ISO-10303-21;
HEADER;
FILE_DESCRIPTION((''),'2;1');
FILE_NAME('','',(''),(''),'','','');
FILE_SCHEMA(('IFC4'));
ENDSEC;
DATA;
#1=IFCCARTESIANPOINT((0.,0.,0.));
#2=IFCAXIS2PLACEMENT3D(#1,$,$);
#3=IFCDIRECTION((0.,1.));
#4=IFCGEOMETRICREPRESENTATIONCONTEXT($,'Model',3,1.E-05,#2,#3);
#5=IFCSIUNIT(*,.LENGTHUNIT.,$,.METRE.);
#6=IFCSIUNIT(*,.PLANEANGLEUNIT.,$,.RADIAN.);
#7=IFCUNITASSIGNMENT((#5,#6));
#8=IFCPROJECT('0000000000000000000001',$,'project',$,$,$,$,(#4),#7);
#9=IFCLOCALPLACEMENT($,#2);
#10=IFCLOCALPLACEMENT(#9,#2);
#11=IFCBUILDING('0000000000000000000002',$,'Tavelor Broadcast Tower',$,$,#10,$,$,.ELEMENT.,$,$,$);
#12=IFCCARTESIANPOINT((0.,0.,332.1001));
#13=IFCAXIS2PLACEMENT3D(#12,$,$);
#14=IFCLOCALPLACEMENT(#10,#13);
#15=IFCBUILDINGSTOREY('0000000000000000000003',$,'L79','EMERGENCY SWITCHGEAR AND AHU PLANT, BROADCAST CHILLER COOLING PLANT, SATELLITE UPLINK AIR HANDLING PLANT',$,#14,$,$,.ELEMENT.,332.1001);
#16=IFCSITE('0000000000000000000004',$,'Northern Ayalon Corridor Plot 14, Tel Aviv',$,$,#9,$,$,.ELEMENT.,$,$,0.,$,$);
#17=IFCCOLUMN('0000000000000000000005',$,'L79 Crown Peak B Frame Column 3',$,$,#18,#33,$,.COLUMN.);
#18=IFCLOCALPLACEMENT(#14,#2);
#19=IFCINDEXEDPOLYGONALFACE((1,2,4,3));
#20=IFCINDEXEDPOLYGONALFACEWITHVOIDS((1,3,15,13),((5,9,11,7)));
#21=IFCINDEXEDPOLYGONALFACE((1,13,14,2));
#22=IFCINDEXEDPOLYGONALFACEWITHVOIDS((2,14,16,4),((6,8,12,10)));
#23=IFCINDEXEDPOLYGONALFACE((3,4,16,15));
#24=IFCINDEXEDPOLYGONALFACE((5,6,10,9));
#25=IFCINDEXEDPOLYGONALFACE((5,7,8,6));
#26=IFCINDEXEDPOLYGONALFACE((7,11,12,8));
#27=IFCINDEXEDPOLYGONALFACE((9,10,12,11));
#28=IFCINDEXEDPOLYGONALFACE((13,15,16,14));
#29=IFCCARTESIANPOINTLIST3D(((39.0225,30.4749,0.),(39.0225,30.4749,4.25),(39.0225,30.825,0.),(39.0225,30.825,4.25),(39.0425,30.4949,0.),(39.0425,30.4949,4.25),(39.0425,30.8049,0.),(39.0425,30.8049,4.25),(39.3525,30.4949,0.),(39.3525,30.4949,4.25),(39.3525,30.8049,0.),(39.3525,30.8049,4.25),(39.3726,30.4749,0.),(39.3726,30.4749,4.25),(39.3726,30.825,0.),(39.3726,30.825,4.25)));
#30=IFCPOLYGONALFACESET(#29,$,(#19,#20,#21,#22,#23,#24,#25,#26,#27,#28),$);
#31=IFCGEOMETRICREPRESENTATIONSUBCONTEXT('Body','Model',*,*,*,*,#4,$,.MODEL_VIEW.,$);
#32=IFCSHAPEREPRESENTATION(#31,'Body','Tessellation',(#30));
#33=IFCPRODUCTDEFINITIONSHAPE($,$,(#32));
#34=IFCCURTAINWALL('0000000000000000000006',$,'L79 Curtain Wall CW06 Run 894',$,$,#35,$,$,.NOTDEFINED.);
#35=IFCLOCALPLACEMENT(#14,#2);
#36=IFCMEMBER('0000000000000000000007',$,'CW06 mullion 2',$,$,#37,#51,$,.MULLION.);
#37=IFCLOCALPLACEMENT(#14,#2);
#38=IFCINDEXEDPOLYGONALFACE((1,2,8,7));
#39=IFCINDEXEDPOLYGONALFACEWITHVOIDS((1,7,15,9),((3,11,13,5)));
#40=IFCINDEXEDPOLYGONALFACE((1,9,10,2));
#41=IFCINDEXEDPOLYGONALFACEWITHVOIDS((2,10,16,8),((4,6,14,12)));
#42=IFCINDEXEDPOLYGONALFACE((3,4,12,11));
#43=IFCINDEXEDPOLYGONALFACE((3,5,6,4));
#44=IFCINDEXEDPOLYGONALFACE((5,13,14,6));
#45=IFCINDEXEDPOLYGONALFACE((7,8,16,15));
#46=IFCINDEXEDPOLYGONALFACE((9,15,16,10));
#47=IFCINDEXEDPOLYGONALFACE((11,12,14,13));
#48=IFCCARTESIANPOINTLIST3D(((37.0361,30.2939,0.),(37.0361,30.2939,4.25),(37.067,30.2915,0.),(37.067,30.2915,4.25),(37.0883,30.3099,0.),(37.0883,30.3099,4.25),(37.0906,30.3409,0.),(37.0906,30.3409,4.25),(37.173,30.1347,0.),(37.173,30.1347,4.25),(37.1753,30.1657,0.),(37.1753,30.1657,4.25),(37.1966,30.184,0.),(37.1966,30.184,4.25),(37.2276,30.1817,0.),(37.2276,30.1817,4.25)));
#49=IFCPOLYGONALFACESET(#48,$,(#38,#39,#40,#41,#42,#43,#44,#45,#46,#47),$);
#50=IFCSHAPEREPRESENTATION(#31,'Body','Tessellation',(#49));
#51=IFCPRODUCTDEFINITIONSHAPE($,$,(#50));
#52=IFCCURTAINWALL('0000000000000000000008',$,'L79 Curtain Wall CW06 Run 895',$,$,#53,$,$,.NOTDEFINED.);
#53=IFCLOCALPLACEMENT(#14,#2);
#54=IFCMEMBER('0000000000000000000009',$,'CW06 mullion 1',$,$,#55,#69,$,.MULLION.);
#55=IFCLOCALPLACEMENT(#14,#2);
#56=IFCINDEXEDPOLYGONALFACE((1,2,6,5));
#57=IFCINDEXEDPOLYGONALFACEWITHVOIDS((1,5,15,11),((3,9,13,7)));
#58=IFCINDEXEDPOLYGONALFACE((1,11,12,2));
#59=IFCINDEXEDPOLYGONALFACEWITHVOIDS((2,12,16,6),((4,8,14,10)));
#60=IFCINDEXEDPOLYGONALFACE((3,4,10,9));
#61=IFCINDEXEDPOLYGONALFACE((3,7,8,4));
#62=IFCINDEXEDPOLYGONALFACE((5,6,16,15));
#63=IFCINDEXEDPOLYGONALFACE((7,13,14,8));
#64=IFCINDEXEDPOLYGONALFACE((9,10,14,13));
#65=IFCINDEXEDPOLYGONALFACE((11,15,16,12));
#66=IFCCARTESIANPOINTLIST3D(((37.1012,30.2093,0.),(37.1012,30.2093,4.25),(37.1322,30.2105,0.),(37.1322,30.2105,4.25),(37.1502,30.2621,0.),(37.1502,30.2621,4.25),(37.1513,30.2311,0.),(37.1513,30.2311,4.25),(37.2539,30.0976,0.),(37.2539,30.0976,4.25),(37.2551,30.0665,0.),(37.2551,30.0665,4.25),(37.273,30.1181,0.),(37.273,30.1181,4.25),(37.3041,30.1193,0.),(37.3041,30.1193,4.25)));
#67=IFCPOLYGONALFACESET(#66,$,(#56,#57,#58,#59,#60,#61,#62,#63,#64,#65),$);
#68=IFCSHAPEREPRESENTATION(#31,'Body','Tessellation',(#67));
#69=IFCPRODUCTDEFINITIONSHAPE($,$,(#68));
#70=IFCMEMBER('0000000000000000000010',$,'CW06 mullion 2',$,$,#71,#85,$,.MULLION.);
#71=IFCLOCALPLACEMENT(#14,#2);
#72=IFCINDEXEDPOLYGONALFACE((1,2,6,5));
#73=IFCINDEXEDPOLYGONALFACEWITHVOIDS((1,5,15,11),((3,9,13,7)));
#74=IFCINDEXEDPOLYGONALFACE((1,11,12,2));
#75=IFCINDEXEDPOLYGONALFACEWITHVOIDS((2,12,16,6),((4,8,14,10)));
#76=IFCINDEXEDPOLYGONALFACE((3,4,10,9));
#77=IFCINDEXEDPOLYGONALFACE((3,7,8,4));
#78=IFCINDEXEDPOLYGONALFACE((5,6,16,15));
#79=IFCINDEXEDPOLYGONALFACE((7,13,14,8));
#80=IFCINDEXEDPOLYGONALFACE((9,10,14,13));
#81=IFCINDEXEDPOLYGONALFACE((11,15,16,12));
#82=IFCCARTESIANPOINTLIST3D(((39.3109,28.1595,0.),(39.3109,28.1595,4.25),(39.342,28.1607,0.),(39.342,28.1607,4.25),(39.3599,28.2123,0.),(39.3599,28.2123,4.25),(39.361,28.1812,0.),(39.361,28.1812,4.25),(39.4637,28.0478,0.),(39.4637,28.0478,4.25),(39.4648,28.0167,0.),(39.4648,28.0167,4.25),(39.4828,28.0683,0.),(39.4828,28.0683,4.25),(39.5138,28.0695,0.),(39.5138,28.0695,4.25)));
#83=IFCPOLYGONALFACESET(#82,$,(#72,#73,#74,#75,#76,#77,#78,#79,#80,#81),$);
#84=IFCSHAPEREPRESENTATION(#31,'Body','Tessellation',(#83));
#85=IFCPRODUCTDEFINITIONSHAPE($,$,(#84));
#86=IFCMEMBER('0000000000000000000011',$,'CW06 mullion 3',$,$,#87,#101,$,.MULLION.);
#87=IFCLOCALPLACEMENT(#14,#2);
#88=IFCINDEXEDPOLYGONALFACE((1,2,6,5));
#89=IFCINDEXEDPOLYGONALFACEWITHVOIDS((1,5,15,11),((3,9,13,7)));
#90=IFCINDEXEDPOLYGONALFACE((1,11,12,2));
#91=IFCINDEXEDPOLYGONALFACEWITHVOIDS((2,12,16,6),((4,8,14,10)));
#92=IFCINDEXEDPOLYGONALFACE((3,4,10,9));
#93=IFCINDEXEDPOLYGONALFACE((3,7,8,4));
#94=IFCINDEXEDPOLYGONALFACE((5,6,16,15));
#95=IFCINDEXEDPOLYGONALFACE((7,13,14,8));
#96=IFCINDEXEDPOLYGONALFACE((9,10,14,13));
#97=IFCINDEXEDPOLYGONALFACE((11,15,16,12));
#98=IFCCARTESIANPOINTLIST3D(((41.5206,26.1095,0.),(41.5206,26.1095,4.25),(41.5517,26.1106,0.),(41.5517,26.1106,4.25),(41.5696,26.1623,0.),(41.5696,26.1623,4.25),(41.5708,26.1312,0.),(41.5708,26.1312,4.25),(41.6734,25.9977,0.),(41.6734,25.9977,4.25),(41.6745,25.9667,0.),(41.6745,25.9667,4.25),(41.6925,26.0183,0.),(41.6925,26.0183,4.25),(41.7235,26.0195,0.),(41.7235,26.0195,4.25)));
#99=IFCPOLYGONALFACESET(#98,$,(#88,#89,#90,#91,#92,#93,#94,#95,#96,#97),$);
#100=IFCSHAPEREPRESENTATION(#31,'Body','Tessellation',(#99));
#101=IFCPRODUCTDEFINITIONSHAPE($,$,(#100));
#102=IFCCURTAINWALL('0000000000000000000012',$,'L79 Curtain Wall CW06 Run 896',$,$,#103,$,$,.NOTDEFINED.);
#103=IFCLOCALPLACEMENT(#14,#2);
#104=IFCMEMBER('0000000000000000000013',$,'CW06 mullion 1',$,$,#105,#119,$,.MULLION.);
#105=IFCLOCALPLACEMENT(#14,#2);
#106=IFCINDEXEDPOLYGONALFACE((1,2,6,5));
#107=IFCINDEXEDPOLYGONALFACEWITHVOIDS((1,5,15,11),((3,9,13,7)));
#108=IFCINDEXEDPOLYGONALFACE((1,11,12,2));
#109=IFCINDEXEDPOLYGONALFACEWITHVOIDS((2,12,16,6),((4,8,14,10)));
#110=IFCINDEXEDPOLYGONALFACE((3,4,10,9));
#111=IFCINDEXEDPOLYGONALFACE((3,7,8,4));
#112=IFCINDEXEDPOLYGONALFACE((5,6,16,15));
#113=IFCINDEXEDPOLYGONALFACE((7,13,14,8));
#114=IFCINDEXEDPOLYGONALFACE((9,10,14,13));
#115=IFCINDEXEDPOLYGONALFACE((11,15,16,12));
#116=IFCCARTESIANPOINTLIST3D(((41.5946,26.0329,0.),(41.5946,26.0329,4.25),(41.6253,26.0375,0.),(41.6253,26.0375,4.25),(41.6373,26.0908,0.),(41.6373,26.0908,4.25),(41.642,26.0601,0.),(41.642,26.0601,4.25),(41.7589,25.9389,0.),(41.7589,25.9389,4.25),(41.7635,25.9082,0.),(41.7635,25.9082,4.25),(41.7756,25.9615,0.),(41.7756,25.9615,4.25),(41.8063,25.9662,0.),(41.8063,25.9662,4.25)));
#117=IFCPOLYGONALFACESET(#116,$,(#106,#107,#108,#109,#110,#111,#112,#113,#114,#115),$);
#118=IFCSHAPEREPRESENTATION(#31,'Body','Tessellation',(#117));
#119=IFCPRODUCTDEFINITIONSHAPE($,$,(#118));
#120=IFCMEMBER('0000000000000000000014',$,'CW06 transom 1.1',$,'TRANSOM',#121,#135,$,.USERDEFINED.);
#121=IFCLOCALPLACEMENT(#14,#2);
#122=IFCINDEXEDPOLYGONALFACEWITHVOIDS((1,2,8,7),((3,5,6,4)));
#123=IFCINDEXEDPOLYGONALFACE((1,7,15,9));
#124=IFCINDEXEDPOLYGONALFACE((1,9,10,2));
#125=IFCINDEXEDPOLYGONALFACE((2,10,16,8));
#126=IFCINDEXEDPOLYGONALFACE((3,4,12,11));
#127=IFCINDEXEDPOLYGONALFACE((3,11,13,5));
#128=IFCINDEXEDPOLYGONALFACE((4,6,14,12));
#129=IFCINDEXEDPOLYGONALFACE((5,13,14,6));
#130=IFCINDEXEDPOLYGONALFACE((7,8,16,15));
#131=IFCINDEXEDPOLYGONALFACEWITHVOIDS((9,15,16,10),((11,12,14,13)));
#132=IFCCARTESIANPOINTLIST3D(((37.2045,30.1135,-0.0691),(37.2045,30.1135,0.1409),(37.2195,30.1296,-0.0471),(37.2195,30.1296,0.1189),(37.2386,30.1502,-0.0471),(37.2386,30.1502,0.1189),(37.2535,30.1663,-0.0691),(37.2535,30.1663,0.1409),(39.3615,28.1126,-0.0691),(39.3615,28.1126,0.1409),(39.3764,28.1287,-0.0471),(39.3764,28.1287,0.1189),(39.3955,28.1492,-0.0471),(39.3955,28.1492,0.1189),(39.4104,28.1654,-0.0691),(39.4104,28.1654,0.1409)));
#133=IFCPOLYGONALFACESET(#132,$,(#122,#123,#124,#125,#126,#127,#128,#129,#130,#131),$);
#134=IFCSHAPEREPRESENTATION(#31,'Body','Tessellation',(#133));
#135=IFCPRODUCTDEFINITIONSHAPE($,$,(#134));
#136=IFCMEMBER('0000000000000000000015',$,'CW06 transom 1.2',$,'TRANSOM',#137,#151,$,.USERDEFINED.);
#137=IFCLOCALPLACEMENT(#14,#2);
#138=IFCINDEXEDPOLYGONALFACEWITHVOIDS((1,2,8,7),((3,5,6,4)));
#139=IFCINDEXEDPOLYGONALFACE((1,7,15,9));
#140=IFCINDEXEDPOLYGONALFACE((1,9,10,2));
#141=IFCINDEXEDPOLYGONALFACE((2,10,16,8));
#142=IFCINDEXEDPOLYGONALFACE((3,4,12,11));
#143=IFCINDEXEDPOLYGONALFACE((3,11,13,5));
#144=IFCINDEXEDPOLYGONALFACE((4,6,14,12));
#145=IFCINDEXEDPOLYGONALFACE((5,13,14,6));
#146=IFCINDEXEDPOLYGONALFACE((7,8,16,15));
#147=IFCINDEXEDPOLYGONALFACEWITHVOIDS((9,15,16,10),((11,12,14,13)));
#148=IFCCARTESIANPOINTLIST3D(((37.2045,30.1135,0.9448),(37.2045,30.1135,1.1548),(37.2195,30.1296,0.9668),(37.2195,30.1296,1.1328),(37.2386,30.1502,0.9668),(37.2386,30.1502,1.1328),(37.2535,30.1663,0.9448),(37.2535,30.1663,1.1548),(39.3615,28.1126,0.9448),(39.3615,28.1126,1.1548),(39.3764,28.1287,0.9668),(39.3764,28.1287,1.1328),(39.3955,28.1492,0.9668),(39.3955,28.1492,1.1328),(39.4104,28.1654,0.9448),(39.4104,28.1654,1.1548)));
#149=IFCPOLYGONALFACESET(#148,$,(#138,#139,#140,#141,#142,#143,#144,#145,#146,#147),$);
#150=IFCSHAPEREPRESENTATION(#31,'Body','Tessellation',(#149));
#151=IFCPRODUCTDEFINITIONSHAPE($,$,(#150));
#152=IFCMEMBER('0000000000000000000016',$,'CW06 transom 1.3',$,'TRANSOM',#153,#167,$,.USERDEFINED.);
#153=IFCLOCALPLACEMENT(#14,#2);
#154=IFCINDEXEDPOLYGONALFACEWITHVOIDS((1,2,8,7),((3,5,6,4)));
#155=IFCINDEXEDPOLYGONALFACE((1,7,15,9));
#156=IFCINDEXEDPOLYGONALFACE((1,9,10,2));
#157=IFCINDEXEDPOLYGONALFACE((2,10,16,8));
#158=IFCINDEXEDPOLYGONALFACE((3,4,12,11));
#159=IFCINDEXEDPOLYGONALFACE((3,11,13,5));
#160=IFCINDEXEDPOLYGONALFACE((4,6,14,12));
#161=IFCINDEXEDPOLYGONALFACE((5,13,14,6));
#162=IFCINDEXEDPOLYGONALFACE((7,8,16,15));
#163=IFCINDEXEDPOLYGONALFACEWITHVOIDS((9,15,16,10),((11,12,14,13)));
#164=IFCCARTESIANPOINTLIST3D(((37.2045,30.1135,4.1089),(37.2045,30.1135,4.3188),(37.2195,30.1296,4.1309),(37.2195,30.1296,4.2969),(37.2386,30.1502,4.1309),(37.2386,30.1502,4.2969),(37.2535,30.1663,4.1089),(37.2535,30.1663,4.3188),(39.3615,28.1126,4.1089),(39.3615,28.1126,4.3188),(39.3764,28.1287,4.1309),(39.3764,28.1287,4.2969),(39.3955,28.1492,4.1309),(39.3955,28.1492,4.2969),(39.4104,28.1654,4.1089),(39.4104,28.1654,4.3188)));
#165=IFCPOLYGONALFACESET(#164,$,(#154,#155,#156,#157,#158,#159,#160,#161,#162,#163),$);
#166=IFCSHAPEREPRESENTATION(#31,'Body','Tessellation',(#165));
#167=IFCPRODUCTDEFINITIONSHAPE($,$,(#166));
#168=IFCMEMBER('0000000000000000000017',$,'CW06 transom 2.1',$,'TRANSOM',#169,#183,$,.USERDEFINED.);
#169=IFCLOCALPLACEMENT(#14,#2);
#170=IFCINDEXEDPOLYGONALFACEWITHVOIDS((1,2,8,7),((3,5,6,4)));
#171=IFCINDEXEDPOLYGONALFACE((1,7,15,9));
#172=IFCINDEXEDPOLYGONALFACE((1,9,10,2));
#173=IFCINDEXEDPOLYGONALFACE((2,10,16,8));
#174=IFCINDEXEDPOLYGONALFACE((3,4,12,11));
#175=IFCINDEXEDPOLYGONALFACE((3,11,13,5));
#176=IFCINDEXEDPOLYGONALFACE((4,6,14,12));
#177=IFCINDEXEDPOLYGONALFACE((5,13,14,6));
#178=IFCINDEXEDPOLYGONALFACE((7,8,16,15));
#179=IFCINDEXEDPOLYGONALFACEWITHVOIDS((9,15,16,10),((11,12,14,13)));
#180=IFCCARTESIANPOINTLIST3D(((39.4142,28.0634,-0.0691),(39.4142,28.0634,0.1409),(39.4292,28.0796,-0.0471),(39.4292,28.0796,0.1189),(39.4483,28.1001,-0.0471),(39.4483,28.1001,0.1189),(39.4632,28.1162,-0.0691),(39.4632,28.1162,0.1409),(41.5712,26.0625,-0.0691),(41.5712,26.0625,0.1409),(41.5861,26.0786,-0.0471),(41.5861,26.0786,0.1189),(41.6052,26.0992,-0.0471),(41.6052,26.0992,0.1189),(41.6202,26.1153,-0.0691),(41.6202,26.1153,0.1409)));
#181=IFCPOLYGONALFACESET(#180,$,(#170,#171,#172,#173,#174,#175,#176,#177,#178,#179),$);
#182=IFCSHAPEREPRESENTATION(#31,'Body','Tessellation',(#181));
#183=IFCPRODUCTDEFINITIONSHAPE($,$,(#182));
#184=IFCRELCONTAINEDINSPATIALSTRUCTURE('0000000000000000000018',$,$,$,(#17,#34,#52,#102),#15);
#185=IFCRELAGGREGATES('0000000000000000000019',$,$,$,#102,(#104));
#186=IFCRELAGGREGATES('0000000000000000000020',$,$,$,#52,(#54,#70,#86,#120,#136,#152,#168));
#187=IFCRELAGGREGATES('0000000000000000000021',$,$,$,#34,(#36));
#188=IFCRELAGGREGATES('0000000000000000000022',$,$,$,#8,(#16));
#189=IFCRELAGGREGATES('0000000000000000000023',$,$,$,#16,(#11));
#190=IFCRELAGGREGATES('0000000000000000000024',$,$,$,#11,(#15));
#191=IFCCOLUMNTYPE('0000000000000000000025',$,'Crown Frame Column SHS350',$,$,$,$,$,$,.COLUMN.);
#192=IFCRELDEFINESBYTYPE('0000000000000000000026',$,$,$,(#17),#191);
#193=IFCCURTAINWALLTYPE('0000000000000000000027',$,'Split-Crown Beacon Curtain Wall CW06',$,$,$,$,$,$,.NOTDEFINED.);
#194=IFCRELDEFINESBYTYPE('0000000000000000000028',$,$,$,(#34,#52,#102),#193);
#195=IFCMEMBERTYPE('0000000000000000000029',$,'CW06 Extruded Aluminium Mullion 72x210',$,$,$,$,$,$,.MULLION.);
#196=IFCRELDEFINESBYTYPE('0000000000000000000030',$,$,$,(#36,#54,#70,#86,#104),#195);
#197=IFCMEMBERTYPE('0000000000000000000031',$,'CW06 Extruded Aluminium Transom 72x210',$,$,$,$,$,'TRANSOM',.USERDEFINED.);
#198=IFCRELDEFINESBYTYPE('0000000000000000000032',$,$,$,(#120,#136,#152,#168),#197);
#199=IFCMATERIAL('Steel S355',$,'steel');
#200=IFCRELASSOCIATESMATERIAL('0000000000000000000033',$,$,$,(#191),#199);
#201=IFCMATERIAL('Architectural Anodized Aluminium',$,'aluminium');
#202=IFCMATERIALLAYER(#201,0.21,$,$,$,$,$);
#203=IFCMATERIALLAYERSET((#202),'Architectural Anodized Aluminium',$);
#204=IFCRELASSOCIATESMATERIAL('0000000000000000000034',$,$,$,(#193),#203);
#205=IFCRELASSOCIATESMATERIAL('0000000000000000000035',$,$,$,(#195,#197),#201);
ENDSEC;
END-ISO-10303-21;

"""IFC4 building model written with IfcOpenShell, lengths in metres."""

from ifc_helpers import new_model, si_unit, direction, frame, origin, origin_2d, place, context, subcontext, project, spatial, hollow_rectangle, extrude, source, transform, mapped, material, layer, layer_set, material_profile, profile_set, type_object, type_shapes, element, aggregate, save


model = new_model("IFC4")

# Units and contexts
model_context = context("Model", 3, precision=1e-05, world=origin(), true_north=direction((0.0, 1.0)))
body_context = subcontext(model_context, "Body", "Model", "MODEL_VIEW")
ifc_project = project(units=[si_unit("LENGTHUNIT", "METRE"), si_unit("PLANEANGLEUNIT", "RADIAN")], contexts=[model_context])

# Site, building, storey
site_placement = place(None, origin())
site = spatial("IfcSite", under=ifc_project, at=site_placement, Name="Northern Ayalon Corridor Plot 14, Tel Aviv", CompositionType="ELEMENT", RefElevation=0.0)
building_placement = place(site_placement, origin())
building = spatial("IfcBuilding", under=site, at=building_placement, Name="Tavelor Broadcast Tower", CompositionType="ELEMENT")
storey_placement = place(building_placement, frame((0.0, 0.0, 332.1001)))
storey = spatial("IfcBuildingStorey", under=building, at=storey_placement, Name="L79", Description="EMERGENCY SWITCHGEAR AND AHU PLANT, BROADCAST CHILLER COOLING PLANT, SATELLITE UPLINK AIR HANDLING PLANT", CompositionType="ELEMENT", Elevation=332.1001)

# Column
ifc_material_1 = material(Name="Steel S355", Category="steel")
ifc_material_profile_1 = material_profile(ifc_material_1, hollow_rectangle(XDim=0.3501, YDim=0.3501, WallThickness=0.02, at=origin_2d()), Name="SHS 350x350x20")
ifc_profile_set_1 = profile_set([ifc_material_profile_1], Name="Steel S355")
column_type = type_object("IfcColumnType", Name="Crown Frame Column SHS350", PredefinedType="COLUMN", material=ifc_profile_set_1)
column_placement = place(storey_placement, frame((39.1975, 30.6499, 0.0), z_axis=(0.0, 0.0, 1.0), x_axis=(1.0, 0.0, 0.0)))
element("IfcColumn", 1, at=column_placement, inside=storey, type_object=column_type, Name="L79 Crown Peak B Frame Column 3", PredefinedType="COLUMN", context=body_context, shape_type="SweptSolid", body=[
    extrude(hollow_rectangle(XDim=0.3501, YDim=0.3501, WallThickness=0.02, at=origin_2d()), origin(), (0.0, 0.0, 1.0), 4.25),
])

# Curtain wall, member
ifc_material_2 = material(Name="Architectural Anodized Aluminium", Category="aluminium")
ifc_layer_1 = layer(ifc_material_2, 0.21)
ifc_layer_set_1 = layer_set([ifc_layer_1], Name="Architectural Anodized Aluminium")
curtain_wall_type = type_object("IfcCurtainWallType", Name="Split-Crown Beacon Curtain Wall CW06", PredefinedType="NOTDEFINED", material=ifc_layer_set_1)
curtain_wall_1_placement = place(storey_placement, origin())
curtain_wall_1 = element("IfcCurtainWall", 2, at=curtain_wall_1_placement, inside=storey, type_object=curtain_wall_type, Name="L79 Curtain Wall CW06 Run 894", PredefinedType="NOTDEFINED")
ifc_material_profile_2 = material_profile(ifc_material_2, hollow_rectangle(XDim=0.072, YDim=0.21, WallThickness=0.022, at=origin_2d()), Name="RHS 72x210x22")
ifc_profile_set_2 = profile_set([ifc_material_profile_2], Name="Architectural Anodized Aluminium")
member_type_1 = type_object("IfcMemberType", Name="CW06 Extruded Aluminium Mullion 72x210", PredefinedType="MULLION", material=ifc_profile_set_2)
shared_shape_1 = source(origin(), body_context, "Body", "SweptSolid", [
    extrude(hollow_rectangle(XDim=0.072, YDim=0.21, WallThickness=0.022, at=origin_2d()), origin(), (0.0, 0.0, 1.0), 4.25),
])
type_shapes(member_type_1, [shared_shape_1])
member_1_placement = place(storey_placement, frame((37.1318, 30.2378, 0.0), z_axis=(0.0, 0.0, 1.0), x_axis=(0.757932, 0.652333, 0.0)))
member_1 = element("IfcMember", 3, at=member_1_placement, type_object=member_type_1, Name="CW06 mullion 2", PredefinedType="MULLION", context=body_context, shape_type="MappedRepresentation", body=[
    mapped(shared_shape_1, transform((0.0, 0.0, 0.0), scale=1.0)),
])

# Curtain wall, members
curtain_wall_2_placement = place(storey_placement, origin())
curtain_wall_2 = element("IfcCurtainWall", 4, at=curtain_wall_2_placement, inside=storey, type_object=curtain_wall_type, Name="L79 Curtain Wall CW06 Run 895", PredefinedType="NOTDEFINED")
member_2_placement = place(storey_placement, frame((37.2026, 30.1643, 0.0), z_axis=(0.0, 0.0, 1.0), x_axis=(0.680103, 0.733117, 0.0)))
member_2 = element("IfcMember", 5, at=member_2_placement, type_object=member_type_1, Name="CW06 mullion 1", PredefinedType="MULLION", context=body_context, shape_type="MappedRepresentation", body=[
    mapped(shared_shape_1, transform((0.0, 0.0, 0.0), scale=1.0)),
])
member_3_placement = place(storey_placement, frame((39.4124, 28.1145, 0.0), z_axis=(0.0, 0.0, 1.0), x_axis=(0.680103, 0.733117, 0.0)))
member_3 = element("IfcMember", 6, at=member_3_placement, type_object=member_type_1, Name="CW06 mullion 2", PredefinedType="MULLION", context=body_context, shape_type="MappedRepresentation", body=[
    mapped(shared_shape_1, transform((0.0, 0.0, 0.0), scale=1.0)),
])
member_4_placement = place(storey_placement, frame((41.6221, 26.0645, 0.0), z_axis=(0.0, 0.0, 1.0), x_axis=(0.680103, 0.733117, 0.0)))
member_4 = element("IfcMember", 7, at=member_4_placement, type_object=member_type_1, Name="CW06 mullion 3", PredefinedType="MULLION", context=body_context, shape_type="MappedRepresentation", body=[
    mapped(shared_shape_1, transform((0.0, 0.0, 0.0), scale=1.0)),
])

# Curtain wall, member
curtain_wall_3_placement = place(storey_placement, origin())
curtain_wall_3 = element("IfcCurtainWall", 8, at=curtain_wall_3_placement, inside=storey, type_object=curtain_wall_type, Name="L79 Curtain Wall CW06 Run 896", PredefinedType="NOTDEFINED")
member_5_placement = place(storey_placement, frame((41.7004, 25.9995, 0.0), z_axis=(0.0, 0.0, 1.0), x_axis=(0.593701, 0.804686, 0.0)))
member_5 = element("IfcMember", 9, at=member_5_placement, type_object=member_type_1, Name="CW06 mullion 1", PredefinedType="MULLION", context=body_context, shape_type="MappedRepresentation", body=[
    mapped(shared_shape_1, transform((0.0, 0.0, 0.0), scale=1.0)),
])
aggregate(curtain_wall_3, [member_5])

# Members
ifc_material_profile_3 = material_profile(ifc_material_2, hollow_rectangle(XDim=0.072, YDim=0.21, WallThickness=0.022, at=origin_2d()), Name="RHS 72x210x22")
ifc_profile_set_3 = profile_set([ifc_material_profile_3], Name="Architectural Anodized Aluminium")
member_type_2 = type_object("IfcMemberType", Name="CW06 Extruded Aluminium Transom 72x210", ElementType="TRANSOM", PredefinedType="USERDEFINED", material=ifc_profile_set_3)
shared_shape_2 = source(origin(), body_context, "Body", "SweptSolid", [
    extrude(hollow_rectangle(XDim=0.072, YDim=0.21, WallThickness=0.022, at=origin_2d()), origin(), (0.0, 0.0, 1.0), 2.9421),
])
type_shapes(member_type_2, [shared_shape_2])
member_6_placement = place(storey_placement, frame((37.229, 30.1399, 0.0359), z_axis=(0.733121, -0.680098, 0.0), x_axis=(0.680098, 0.733121, 0.0)))
member_6 = element("IfcMember", 10, at=member_6_placement, type_object=member_type_2, Name="CW06 transom 1.1", ObjectType="TRANSOM", PredefinedType="USERDEFINED", context=body_context, shape_type="MappedRepresentation", body=[
    mapped(shared_shape_2, transform((0.0, 0.0, 0.0), scale=1.0)),
])
member_7_placement = place(storey_placement, frame((37.229, 30.1399, 1.0498), z_axis=(0.733121, -0.680098, 0.0), x_axis=(0.680098, 0.733121, 0.0)))
member_7 = element("IfcMember", 11, at=member_7_placement, type_object=member_type_2, Name="CW06 transom 1.2", ObjectType="TRANSOM", PredefinedType="USERDEFINED", context=body_context, shape_type="MappedRepresentation", body=[
    mapped(shared_shape_2, transform((0.0, 0.0, 0.0), scale=1.0)),
])
member_8_placement = place(storey_placement, frame((37.229, 30.1399, 4.2139), z_axis=(0.733121, -0.680098, 0.0), x_axis=(0.680098, 0.733121, 0.0)))
member_8 = element("IfcMember", 12, at=member_8_placement, type_object=member_type_2, Name="CW06 transom 1.3", ObjectType="TRANSOM", PredefinedType="USERDEFINED", context=body_context, shape_type="MappedRepresentation", body=[
    mapped(shared_shape_2, transform((0.0, 0.0, 0.0), scale=1.0)),
])
member_9_placement = place(storey_placement, frame((39.4387, 28.0898, 0.0359), z_axis=(0.733121, -0.680098, 0.0), x_axis=(0.680098, 0.733121, 0.0)))
member_9 = element("IfcMember", 13, at=member_9_placement, type_object=member_type_2, Name="CW06 transom 2.1", ObjectType="TRANSOM", PredefinedType="USERDEFINED", context=body_context, shape_type="MappedRepresentation", body=[
    mapped(shared_shape_2, transform((0.0, 0.0, 0.0), scale=1.0)),
])

aggregate(curtain_wall_2, [member_2, member_3, member_4, member_6, member_7, member_8, member_9])
aggregate(curtain_wall_1, [member_1])

save(model, "model.ifc")
